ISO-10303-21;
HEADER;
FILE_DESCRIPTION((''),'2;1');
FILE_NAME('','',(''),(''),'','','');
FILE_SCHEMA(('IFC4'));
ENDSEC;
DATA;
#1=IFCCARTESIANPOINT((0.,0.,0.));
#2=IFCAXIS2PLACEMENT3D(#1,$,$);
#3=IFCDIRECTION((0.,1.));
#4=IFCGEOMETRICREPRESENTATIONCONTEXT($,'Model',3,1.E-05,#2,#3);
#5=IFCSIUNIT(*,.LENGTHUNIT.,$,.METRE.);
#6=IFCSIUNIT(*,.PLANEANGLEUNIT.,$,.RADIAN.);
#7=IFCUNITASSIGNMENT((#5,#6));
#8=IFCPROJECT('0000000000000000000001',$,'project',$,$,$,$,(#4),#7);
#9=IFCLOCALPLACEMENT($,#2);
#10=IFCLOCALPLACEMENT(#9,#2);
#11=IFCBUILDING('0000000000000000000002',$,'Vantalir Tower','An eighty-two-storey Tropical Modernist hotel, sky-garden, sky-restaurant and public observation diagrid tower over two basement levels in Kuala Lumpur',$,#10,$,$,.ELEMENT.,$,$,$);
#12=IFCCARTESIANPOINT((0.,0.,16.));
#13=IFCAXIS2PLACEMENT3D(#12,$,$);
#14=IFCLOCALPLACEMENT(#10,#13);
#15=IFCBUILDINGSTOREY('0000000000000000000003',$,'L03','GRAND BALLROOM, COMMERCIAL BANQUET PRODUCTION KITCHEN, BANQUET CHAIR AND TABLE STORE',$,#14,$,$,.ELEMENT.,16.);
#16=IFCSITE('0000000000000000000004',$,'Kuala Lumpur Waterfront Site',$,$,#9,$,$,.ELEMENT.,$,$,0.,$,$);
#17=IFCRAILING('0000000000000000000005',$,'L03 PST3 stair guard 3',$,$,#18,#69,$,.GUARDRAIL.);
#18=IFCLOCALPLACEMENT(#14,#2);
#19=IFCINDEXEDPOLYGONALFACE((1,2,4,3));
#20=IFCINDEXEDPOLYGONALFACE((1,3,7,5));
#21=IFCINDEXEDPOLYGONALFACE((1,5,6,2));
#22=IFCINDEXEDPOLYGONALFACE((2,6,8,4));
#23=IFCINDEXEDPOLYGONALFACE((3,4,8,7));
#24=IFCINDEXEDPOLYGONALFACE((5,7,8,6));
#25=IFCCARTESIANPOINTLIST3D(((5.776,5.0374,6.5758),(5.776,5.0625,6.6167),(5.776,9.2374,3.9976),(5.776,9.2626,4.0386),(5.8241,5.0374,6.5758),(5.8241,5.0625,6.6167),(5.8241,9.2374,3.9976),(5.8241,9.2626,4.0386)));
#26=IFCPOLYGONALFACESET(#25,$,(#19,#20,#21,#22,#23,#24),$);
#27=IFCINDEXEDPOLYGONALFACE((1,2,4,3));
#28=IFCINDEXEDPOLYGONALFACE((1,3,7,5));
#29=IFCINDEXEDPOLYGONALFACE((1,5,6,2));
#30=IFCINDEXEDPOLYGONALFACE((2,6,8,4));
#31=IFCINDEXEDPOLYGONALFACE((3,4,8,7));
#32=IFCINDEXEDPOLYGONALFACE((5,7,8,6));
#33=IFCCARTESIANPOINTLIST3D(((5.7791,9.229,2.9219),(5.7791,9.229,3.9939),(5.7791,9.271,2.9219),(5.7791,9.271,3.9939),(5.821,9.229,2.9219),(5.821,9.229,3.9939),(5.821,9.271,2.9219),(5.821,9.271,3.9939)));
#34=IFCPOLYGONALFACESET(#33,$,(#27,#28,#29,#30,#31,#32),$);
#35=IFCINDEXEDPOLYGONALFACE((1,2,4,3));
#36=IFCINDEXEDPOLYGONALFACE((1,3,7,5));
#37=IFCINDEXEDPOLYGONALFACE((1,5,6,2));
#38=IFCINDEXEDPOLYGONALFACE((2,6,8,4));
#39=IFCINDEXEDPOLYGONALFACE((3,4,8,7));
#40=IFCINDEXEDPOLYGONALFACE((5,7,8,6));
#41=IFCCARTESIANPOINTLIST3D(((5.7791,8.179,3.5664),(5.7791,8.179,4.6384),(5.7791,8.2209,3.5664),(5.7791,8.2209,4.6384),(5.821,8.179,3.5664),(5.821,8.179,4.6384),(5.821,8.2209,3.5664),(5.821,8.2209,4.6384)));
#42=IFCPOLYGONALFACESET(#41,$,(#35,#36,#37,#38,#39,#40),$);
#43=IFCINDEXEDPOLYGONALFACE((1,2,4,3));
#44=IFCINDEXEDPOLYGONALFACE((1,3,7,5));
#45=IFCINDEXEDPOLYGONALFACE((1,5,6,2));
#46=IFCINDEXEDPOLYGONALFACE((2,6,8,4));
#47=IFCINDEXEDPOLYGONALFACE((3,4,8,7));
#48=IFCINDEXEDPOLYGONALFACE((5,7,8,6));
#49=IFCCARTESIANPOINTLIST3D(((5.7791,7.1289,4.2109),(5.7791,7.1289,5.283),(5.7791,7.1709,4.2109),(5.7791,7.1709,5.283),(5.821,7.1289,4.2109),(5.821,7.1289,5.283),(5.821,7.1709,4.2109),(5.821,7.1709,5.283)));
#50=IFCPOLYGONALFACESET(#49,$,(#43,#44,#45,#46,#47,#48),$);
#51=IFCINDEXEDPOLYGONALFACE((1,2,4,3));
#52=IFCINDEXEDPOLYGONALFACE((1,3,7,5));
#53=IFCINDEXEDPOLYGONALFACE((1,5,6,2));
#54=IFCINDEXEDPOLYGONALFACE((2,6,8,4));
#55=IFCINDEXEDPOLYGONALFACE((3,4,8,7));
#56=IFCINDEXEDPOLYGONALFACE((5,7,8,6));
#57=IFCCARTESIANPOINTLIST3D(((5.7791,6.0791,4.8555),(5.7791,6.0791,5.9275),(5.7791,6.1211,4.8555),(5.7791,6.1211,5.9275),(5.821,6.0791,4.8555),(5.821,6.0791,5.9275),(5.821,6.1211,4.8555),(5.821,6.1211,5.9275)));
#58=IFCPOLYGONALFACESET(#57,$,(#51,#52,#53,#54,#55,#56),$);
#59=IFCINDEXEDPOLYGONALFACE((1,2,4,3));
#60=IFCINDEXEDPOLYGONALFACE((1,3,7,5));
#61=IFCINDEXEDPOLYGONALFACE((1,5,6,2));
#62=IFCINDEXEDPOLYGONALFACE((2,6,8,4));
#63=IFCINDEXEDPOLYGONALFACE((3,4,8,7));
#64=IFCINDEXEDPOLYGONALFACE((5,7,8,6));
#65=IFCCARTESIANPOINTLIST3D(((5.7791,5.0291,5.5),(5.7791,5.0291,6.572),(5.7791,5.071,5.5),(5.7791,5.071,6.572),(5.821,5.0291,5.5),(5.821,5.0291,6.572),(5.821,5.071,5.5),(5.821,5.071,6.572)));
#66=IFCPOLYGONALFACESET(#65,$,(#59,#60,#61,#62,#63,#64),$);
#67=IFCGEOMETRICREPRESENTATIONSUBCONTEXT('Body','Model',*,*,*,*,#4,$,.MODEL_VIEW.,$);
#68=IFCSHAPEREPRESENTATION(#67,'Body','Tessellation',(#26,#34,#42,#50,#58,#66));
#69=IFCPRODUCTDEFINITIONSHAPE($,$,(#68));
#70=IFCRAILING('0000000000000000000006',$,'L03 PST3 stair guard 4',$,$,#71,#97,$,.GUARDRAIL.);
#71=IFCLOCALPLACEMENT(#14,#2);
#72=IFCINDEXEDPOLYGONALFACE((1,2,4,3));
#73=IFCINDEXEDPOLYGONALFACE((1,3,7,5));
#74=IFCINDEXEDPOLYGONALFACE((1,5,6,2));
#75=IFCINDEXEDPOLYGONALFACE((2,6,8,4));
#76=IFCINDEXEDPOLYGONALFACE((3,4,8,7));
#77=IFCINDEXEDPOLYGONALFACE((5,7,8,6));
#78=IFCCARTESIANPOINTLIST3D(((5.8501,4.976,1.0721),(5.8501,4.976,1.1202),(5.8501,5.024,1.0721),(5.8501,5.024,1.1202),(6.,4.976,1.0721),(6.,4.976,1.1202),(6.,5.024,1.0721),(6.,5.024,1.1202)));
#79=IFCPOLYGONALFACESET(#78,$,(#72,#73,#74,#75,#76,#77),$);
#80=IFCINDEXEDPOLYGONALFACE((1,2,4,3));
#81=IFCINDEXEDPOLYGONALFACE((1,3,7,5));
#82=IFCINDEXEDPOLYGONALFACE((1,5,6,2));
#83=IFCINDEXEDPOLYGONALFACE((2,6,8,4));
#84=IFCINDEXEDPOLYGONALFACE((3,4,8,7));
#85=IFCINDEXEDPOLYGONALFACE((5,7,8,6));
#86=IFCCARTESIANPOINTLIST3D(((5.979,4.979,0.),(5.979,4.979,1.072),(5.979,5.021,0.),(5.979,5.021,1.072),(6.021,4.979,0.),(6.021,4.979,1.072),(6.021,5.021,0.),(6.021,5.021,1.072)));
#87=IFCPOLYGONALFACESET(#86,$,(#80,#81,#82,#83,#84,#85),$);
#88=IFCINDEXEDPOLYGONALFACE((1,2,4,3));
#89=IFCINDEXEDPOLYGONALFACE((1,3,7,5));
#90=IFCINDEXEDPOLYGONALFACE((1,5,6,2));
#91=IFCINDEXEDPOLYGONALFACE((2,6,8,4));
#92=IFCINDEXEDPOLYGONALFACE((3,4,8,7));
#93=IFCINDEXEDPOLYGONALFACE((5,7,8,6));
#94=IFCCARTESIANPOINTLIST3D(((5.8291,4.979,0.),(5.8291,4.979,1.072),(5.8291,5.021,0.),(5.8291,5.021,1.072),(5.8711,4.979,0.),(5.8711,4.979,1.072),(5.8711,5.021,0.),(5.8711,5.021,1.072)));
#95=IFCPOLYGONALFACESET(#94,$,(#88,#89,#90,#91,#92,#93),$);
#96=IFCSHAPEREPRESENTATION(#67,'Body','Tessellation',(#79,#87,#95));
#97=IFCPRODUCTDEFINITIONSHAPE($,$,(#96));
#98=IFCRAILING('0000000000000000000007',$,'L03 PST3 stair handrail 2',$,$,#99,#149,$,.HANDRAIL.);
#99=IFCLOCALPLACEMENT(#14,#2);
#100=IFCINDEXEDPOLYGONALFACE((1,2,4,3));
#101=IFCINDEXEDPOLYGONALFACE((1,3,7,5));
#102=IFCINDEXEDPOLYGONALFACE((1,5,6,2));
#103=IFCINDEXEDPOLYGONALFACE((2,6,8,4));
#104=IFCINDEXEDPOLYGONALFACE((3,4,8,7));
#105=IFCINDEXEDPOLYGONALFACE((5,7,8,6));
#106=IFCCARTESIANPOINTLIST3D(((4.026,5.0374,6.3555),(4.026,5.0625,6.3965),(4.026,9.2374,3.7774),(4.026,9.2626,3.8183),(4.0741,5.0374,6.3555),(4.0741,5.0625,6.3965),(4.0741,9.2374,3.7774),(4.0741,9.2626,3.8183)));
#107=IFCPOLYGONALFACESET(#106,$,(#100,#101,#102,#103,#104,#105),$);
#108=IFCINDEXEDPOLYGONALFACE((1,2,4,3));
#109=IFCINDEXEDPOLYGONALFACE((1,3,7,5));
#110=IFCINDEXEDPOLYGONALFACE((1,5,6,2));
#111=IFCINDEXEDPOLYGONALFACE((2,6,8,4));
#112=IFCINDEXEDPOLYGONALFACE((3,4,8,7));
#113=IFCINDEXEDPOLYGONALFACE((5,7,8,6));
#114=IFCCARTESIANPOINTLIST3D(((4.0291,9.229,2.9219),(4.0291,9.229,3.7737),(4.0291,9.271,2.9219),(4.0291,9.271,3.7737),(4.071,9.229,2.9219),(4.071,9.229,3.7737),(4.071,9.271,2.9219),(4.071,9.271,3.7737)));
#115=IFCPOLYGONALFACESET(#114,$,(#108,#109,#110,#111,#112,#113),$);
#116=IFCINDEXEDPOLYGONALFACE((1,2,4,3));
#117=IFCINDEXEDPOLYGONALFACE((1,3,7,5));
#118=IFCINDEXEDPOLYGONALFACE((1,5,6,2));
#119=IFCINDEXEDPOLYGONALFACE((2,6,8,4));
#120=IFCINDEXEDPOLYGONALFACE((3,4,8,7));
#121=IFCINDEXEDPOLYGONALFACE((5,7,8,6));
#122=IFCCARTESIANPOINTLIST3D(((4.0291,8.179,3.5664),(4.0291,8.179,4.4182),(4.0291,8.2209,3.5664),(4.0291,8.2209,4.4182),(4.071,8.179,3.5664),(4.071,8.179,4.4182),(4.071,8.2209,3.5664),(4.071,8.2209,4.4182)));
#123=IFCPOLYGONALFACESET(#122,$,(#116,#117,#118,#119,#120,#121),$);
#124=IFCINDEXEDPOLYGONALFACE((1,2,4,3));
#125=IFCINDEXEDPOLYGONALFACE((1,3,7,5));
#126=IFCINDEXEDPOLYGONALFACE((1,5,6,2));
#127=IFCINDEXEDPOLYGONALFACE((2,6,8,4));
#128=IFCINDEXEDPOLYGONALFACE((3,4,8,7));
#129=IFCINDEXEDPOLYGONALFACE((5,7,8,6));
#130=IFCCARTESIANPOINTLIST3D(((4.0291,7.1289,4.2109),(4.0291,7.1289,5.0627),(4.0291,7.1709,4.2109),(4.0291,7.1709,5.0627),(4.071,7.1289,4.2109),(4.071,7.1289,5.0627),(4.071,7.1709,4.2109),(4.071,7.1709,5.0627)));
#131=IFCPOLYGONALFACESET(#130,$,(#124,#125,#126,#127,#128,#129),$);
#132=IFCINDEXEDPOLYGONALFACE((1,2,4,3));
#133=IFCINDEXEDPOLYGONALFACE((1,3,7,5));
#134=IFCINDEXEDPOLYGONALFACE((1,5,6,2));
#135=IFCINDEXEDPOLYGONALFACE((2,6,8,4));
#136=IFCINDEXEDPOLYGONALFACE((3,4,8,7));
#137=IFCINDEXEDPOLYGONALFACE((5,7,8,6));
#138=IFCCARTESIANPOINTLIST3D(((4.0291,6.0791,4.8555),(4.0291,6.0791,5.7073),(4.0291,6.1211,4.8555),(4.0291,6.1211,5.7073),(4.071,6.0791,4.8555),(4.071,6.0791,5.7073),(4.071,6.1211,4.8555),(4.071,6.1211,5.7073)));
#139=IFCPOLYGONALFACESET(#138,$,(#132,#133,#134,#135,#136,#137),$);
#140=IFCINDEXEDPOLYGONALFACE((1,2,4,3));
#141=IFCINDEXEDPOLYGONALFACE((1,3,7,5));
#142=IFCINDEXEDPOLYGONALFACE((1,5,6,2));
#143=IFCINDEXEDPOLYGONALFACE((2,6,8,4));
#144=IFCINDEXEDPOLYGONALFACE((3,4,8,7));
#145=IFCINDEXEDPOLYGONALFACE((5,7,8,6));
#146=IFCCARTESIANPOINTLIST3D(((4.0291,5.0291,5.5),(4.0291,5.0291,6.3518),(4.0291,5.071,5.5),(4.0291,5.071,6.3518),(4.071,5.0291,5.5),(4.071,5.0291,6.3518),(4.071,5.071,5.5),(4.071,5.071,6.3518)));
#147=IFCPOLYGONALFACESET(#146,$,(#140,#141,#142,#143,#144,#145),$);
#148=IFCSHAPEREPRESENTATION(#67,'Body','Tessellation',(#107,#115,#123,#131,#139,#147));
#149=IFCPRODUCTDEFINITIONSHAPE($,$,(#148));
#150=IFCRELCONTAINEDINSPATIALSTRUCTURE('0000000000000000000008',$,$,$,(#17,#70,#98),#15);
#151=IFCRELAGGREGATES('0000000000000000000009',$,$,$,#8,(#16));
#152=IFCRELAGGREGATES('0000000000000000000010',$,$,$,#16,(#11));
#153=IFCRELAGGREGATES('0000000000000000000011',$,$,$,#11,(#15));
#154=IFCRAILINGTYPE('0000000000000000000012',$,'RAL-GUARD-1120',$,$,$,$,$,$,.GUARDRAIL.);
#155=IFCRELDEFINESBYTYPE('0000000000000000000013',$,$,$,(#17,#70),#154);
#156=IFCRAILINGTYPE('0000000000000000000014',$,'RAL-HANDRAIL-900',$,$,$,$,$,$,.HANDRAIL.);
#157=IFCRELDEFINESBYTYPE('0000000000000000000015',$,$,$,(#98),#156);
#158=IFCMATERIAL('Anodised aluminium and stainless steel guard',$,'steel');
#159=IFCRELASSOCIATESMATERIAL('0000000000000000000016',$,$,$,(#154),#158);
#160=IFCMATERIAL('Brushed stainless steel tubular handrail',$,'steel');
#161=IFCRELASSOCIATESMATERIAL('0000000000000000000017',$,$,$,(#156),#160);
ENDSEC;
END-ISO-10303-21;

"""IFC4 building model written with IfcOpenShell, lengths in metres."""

from ifc_helpers import new_model, si_unit, direction, frame, origin, origin_2d, place, context, subcontext, project, spatial, rectangle, extrude, material, type_object, element, save


model = new_model("IFC4")

# Units and contexts
model_context = context("Model", 3, precision=1e-05, world=origin(), true_north=direction((0.0, 1.0)))
body_context = subcontext(model_context, "Body", "Model", "MODEL_VIEW")
ifc_project = project(units=[si_unit("LENGTHUNIT", "METRE"), si_unit("PLANEANGLEUNIT", "RADIAN")], contexts=[model_context])

# Site, building, storey
site_placement = place(None, origin())
site = spatial("IfcSite", under=ifc_project, at=site_placement, Name="Kuala Lumpur Waterfront Site", CompositionType="ELEMENT", RefElevation=0.0)
building_placement = place(site_placement, origin())
building = spatial("IfcBuilding", under=site, at=building_placement, Name="Vantalir Tower", Description="An eighty-two-storey Tropical Modernist hotel, sky-garden, sky-restaurant and public observation diagrid tower over two basement levels in Kuala Lumpur", CompositionType="ELEMENT")
storey_placement = place(building_placement, frame((0.0, 0.0, 16.0)))
storey = spatial("IfcBuildingStorey", under=building, at=storey_placement, Name="L03", Description="GRAND BALLROOM, COMMERCIAL BANQUET PRODUCTION KITCHEN, BANQUET CHAIR AND TABLE STORE", CompositionType="ELEMENT", Elevation=16.0)

# Railings
ifc_material_1 = material(Name="Anodised aluminium and stainless steel guard", Category="steel")
railing_type_1 = type_object("IfcRailingType", Name="RAL-GUARD-1120", PredefinedType="GUARDRAIL", material=ifc_material_1)
railing_1_placement = place(storey_placement, frame((5.8, 9.25, 2.9219)))
element("IfcRailing", 1, at=railing_1_placement, inside=storey, type_object=railing_type_1, Name="L03 PST3 stair guard 3", PredefinedType="GUARDRAIL", context=body_context, shape_type="SweptSolid", body=[
    extrude(rectangle(XDim=0.0481, YDim=0.0481, at=origin_2d()), frame((0.0, 0.0, 1.0962), z_axis=(0.0, -0.852243, 0.523146), x_axis=(1.0, 0.0, 0.0)), (0.0, 0.0, 1.0), 4.9282),
    extrude(rectangle(XDim=0.042, YDim=0.042, at=origin_2d()), origin(), (0.0, 0.0, 1.0), 1.072),
    extrude(rectangle(XDim=0.042, YDim=0.042, at=origin_2d()), frame((0.0, -1.05, 0.6445)), (0.0, 0.0, 1.0), 1.072),
    extrude(rectangle(XDim=0.042, YDim=0.042, at=origin_2d()), frame((0.0, -2.1001, 1.2891)), (0.0, 0.0, 1.0), 1.072),
    extrude(rectangle(XDim=0.042, YDim=0.042, at=origin_2d()), frame((0.0, -3.1499, 1.9336)), (0.0, 0.0, 1.0), 1.072),
    extrude(rectangle(XDim=0.042, YDim=0.042, at=origin_2d()), frame((0.0, -4.2, 2.5781)), (0.0, 0.0, 1.0), 1.072),
])
railing_2_placement = place(storey_placement, frame((6.0, 5.0, 0.0)))
element("IfcRailing", 2, at=railing_2_placement, inside=storey, type_object=railing_type_1, Name="L03 PST3 stair guard 4", PredefinedType="GUARDRAIL", context=body_context, shape_type="SweptSolid", body=[
    extrude(rectangle(XDim=0.0481, YDim=0.0481, at=origin_2d()), frame((0.0, 0.0, 1.0962), z_axis=(-1.0, 0.0, 0.0), x_axis=(0.0, -1.0, 0.0)), (0.0, 0.0, 1.0), 0.1499),
    extrude(rectangle(XDim=0.042, YDim=0.042, at=origin_2d()), origin(), (0.0, 0.0, 1.0), 1.072),
    extrude(rectangle(XDim=0.042, YDim=0.042, at=origin_2d()), frame((-0.1499, 0.0, 0.0)), (0.0, 0.0, 1.0), 1.072),
])
ifc_material_2 = material(Name="Brushed stainless steel tubular handrail", Category="steel")
railing_type_2 = type_object("IfcRailingType", Name="RAL-HANDRAIL-900", PredefinedType="HANDRAIL", material=ifc_material_2)
railing_3_placement = place(storey_placement, frame((4.05, 9.25, 2.9219)))
element("IfcRailing", 3, at=railing_3_placement, inside=storey, type_object=railing_type_2, Name="L03 PST3 stair handrail 2", PredefinedType="HANDRAIL", context=body_context, shape_type="SweptSolid", body=[
    extrude(rectangle(XDim=0.0481, YDim=0.0481, at=origin_2d()), frame((0.0, 0.0, 0.876), z_axis=(0.0, -0.852243, 0.523146), x_axis=(1.0, 0.0, 0.0)), (0.0, 0.0, 1.0), 4.9282),
    extrude(rectangle(XDim=0.042, YDim=0.042, at=origin_2d()), origin(), (0.0, 0.0, 1.0), 0.8518),
    extrude(rectangle(XDim=0.042, YDim=0.042, at=origin_2d()), frame((0.0, -1.05, 0.6445)), (0.0, 0.0, 1.0), 0.8518),
    extrude(rectangle(XDim=0.042, YDim=0.042, at=origin_2d()), frame((0.0, -2.1001, 1.2891)), (0.0, 0.0, 1.0), 0.8518),
    extrude(rectangle(XDim=0.042, YDim=0.042, at=origin_2d()), frame((0.0, -3.1499, 1.9336)), (0.0, 0.0, 1.0), 0.8518),
    extrude(rectangle(XDim=0.042, YDim=0.042, at=origin_2d()), frame((0.0, -4.2, 2.5781)), (0.0, 0.0, 1.0), 0.8518),
])

save(model, "model.ifc")
